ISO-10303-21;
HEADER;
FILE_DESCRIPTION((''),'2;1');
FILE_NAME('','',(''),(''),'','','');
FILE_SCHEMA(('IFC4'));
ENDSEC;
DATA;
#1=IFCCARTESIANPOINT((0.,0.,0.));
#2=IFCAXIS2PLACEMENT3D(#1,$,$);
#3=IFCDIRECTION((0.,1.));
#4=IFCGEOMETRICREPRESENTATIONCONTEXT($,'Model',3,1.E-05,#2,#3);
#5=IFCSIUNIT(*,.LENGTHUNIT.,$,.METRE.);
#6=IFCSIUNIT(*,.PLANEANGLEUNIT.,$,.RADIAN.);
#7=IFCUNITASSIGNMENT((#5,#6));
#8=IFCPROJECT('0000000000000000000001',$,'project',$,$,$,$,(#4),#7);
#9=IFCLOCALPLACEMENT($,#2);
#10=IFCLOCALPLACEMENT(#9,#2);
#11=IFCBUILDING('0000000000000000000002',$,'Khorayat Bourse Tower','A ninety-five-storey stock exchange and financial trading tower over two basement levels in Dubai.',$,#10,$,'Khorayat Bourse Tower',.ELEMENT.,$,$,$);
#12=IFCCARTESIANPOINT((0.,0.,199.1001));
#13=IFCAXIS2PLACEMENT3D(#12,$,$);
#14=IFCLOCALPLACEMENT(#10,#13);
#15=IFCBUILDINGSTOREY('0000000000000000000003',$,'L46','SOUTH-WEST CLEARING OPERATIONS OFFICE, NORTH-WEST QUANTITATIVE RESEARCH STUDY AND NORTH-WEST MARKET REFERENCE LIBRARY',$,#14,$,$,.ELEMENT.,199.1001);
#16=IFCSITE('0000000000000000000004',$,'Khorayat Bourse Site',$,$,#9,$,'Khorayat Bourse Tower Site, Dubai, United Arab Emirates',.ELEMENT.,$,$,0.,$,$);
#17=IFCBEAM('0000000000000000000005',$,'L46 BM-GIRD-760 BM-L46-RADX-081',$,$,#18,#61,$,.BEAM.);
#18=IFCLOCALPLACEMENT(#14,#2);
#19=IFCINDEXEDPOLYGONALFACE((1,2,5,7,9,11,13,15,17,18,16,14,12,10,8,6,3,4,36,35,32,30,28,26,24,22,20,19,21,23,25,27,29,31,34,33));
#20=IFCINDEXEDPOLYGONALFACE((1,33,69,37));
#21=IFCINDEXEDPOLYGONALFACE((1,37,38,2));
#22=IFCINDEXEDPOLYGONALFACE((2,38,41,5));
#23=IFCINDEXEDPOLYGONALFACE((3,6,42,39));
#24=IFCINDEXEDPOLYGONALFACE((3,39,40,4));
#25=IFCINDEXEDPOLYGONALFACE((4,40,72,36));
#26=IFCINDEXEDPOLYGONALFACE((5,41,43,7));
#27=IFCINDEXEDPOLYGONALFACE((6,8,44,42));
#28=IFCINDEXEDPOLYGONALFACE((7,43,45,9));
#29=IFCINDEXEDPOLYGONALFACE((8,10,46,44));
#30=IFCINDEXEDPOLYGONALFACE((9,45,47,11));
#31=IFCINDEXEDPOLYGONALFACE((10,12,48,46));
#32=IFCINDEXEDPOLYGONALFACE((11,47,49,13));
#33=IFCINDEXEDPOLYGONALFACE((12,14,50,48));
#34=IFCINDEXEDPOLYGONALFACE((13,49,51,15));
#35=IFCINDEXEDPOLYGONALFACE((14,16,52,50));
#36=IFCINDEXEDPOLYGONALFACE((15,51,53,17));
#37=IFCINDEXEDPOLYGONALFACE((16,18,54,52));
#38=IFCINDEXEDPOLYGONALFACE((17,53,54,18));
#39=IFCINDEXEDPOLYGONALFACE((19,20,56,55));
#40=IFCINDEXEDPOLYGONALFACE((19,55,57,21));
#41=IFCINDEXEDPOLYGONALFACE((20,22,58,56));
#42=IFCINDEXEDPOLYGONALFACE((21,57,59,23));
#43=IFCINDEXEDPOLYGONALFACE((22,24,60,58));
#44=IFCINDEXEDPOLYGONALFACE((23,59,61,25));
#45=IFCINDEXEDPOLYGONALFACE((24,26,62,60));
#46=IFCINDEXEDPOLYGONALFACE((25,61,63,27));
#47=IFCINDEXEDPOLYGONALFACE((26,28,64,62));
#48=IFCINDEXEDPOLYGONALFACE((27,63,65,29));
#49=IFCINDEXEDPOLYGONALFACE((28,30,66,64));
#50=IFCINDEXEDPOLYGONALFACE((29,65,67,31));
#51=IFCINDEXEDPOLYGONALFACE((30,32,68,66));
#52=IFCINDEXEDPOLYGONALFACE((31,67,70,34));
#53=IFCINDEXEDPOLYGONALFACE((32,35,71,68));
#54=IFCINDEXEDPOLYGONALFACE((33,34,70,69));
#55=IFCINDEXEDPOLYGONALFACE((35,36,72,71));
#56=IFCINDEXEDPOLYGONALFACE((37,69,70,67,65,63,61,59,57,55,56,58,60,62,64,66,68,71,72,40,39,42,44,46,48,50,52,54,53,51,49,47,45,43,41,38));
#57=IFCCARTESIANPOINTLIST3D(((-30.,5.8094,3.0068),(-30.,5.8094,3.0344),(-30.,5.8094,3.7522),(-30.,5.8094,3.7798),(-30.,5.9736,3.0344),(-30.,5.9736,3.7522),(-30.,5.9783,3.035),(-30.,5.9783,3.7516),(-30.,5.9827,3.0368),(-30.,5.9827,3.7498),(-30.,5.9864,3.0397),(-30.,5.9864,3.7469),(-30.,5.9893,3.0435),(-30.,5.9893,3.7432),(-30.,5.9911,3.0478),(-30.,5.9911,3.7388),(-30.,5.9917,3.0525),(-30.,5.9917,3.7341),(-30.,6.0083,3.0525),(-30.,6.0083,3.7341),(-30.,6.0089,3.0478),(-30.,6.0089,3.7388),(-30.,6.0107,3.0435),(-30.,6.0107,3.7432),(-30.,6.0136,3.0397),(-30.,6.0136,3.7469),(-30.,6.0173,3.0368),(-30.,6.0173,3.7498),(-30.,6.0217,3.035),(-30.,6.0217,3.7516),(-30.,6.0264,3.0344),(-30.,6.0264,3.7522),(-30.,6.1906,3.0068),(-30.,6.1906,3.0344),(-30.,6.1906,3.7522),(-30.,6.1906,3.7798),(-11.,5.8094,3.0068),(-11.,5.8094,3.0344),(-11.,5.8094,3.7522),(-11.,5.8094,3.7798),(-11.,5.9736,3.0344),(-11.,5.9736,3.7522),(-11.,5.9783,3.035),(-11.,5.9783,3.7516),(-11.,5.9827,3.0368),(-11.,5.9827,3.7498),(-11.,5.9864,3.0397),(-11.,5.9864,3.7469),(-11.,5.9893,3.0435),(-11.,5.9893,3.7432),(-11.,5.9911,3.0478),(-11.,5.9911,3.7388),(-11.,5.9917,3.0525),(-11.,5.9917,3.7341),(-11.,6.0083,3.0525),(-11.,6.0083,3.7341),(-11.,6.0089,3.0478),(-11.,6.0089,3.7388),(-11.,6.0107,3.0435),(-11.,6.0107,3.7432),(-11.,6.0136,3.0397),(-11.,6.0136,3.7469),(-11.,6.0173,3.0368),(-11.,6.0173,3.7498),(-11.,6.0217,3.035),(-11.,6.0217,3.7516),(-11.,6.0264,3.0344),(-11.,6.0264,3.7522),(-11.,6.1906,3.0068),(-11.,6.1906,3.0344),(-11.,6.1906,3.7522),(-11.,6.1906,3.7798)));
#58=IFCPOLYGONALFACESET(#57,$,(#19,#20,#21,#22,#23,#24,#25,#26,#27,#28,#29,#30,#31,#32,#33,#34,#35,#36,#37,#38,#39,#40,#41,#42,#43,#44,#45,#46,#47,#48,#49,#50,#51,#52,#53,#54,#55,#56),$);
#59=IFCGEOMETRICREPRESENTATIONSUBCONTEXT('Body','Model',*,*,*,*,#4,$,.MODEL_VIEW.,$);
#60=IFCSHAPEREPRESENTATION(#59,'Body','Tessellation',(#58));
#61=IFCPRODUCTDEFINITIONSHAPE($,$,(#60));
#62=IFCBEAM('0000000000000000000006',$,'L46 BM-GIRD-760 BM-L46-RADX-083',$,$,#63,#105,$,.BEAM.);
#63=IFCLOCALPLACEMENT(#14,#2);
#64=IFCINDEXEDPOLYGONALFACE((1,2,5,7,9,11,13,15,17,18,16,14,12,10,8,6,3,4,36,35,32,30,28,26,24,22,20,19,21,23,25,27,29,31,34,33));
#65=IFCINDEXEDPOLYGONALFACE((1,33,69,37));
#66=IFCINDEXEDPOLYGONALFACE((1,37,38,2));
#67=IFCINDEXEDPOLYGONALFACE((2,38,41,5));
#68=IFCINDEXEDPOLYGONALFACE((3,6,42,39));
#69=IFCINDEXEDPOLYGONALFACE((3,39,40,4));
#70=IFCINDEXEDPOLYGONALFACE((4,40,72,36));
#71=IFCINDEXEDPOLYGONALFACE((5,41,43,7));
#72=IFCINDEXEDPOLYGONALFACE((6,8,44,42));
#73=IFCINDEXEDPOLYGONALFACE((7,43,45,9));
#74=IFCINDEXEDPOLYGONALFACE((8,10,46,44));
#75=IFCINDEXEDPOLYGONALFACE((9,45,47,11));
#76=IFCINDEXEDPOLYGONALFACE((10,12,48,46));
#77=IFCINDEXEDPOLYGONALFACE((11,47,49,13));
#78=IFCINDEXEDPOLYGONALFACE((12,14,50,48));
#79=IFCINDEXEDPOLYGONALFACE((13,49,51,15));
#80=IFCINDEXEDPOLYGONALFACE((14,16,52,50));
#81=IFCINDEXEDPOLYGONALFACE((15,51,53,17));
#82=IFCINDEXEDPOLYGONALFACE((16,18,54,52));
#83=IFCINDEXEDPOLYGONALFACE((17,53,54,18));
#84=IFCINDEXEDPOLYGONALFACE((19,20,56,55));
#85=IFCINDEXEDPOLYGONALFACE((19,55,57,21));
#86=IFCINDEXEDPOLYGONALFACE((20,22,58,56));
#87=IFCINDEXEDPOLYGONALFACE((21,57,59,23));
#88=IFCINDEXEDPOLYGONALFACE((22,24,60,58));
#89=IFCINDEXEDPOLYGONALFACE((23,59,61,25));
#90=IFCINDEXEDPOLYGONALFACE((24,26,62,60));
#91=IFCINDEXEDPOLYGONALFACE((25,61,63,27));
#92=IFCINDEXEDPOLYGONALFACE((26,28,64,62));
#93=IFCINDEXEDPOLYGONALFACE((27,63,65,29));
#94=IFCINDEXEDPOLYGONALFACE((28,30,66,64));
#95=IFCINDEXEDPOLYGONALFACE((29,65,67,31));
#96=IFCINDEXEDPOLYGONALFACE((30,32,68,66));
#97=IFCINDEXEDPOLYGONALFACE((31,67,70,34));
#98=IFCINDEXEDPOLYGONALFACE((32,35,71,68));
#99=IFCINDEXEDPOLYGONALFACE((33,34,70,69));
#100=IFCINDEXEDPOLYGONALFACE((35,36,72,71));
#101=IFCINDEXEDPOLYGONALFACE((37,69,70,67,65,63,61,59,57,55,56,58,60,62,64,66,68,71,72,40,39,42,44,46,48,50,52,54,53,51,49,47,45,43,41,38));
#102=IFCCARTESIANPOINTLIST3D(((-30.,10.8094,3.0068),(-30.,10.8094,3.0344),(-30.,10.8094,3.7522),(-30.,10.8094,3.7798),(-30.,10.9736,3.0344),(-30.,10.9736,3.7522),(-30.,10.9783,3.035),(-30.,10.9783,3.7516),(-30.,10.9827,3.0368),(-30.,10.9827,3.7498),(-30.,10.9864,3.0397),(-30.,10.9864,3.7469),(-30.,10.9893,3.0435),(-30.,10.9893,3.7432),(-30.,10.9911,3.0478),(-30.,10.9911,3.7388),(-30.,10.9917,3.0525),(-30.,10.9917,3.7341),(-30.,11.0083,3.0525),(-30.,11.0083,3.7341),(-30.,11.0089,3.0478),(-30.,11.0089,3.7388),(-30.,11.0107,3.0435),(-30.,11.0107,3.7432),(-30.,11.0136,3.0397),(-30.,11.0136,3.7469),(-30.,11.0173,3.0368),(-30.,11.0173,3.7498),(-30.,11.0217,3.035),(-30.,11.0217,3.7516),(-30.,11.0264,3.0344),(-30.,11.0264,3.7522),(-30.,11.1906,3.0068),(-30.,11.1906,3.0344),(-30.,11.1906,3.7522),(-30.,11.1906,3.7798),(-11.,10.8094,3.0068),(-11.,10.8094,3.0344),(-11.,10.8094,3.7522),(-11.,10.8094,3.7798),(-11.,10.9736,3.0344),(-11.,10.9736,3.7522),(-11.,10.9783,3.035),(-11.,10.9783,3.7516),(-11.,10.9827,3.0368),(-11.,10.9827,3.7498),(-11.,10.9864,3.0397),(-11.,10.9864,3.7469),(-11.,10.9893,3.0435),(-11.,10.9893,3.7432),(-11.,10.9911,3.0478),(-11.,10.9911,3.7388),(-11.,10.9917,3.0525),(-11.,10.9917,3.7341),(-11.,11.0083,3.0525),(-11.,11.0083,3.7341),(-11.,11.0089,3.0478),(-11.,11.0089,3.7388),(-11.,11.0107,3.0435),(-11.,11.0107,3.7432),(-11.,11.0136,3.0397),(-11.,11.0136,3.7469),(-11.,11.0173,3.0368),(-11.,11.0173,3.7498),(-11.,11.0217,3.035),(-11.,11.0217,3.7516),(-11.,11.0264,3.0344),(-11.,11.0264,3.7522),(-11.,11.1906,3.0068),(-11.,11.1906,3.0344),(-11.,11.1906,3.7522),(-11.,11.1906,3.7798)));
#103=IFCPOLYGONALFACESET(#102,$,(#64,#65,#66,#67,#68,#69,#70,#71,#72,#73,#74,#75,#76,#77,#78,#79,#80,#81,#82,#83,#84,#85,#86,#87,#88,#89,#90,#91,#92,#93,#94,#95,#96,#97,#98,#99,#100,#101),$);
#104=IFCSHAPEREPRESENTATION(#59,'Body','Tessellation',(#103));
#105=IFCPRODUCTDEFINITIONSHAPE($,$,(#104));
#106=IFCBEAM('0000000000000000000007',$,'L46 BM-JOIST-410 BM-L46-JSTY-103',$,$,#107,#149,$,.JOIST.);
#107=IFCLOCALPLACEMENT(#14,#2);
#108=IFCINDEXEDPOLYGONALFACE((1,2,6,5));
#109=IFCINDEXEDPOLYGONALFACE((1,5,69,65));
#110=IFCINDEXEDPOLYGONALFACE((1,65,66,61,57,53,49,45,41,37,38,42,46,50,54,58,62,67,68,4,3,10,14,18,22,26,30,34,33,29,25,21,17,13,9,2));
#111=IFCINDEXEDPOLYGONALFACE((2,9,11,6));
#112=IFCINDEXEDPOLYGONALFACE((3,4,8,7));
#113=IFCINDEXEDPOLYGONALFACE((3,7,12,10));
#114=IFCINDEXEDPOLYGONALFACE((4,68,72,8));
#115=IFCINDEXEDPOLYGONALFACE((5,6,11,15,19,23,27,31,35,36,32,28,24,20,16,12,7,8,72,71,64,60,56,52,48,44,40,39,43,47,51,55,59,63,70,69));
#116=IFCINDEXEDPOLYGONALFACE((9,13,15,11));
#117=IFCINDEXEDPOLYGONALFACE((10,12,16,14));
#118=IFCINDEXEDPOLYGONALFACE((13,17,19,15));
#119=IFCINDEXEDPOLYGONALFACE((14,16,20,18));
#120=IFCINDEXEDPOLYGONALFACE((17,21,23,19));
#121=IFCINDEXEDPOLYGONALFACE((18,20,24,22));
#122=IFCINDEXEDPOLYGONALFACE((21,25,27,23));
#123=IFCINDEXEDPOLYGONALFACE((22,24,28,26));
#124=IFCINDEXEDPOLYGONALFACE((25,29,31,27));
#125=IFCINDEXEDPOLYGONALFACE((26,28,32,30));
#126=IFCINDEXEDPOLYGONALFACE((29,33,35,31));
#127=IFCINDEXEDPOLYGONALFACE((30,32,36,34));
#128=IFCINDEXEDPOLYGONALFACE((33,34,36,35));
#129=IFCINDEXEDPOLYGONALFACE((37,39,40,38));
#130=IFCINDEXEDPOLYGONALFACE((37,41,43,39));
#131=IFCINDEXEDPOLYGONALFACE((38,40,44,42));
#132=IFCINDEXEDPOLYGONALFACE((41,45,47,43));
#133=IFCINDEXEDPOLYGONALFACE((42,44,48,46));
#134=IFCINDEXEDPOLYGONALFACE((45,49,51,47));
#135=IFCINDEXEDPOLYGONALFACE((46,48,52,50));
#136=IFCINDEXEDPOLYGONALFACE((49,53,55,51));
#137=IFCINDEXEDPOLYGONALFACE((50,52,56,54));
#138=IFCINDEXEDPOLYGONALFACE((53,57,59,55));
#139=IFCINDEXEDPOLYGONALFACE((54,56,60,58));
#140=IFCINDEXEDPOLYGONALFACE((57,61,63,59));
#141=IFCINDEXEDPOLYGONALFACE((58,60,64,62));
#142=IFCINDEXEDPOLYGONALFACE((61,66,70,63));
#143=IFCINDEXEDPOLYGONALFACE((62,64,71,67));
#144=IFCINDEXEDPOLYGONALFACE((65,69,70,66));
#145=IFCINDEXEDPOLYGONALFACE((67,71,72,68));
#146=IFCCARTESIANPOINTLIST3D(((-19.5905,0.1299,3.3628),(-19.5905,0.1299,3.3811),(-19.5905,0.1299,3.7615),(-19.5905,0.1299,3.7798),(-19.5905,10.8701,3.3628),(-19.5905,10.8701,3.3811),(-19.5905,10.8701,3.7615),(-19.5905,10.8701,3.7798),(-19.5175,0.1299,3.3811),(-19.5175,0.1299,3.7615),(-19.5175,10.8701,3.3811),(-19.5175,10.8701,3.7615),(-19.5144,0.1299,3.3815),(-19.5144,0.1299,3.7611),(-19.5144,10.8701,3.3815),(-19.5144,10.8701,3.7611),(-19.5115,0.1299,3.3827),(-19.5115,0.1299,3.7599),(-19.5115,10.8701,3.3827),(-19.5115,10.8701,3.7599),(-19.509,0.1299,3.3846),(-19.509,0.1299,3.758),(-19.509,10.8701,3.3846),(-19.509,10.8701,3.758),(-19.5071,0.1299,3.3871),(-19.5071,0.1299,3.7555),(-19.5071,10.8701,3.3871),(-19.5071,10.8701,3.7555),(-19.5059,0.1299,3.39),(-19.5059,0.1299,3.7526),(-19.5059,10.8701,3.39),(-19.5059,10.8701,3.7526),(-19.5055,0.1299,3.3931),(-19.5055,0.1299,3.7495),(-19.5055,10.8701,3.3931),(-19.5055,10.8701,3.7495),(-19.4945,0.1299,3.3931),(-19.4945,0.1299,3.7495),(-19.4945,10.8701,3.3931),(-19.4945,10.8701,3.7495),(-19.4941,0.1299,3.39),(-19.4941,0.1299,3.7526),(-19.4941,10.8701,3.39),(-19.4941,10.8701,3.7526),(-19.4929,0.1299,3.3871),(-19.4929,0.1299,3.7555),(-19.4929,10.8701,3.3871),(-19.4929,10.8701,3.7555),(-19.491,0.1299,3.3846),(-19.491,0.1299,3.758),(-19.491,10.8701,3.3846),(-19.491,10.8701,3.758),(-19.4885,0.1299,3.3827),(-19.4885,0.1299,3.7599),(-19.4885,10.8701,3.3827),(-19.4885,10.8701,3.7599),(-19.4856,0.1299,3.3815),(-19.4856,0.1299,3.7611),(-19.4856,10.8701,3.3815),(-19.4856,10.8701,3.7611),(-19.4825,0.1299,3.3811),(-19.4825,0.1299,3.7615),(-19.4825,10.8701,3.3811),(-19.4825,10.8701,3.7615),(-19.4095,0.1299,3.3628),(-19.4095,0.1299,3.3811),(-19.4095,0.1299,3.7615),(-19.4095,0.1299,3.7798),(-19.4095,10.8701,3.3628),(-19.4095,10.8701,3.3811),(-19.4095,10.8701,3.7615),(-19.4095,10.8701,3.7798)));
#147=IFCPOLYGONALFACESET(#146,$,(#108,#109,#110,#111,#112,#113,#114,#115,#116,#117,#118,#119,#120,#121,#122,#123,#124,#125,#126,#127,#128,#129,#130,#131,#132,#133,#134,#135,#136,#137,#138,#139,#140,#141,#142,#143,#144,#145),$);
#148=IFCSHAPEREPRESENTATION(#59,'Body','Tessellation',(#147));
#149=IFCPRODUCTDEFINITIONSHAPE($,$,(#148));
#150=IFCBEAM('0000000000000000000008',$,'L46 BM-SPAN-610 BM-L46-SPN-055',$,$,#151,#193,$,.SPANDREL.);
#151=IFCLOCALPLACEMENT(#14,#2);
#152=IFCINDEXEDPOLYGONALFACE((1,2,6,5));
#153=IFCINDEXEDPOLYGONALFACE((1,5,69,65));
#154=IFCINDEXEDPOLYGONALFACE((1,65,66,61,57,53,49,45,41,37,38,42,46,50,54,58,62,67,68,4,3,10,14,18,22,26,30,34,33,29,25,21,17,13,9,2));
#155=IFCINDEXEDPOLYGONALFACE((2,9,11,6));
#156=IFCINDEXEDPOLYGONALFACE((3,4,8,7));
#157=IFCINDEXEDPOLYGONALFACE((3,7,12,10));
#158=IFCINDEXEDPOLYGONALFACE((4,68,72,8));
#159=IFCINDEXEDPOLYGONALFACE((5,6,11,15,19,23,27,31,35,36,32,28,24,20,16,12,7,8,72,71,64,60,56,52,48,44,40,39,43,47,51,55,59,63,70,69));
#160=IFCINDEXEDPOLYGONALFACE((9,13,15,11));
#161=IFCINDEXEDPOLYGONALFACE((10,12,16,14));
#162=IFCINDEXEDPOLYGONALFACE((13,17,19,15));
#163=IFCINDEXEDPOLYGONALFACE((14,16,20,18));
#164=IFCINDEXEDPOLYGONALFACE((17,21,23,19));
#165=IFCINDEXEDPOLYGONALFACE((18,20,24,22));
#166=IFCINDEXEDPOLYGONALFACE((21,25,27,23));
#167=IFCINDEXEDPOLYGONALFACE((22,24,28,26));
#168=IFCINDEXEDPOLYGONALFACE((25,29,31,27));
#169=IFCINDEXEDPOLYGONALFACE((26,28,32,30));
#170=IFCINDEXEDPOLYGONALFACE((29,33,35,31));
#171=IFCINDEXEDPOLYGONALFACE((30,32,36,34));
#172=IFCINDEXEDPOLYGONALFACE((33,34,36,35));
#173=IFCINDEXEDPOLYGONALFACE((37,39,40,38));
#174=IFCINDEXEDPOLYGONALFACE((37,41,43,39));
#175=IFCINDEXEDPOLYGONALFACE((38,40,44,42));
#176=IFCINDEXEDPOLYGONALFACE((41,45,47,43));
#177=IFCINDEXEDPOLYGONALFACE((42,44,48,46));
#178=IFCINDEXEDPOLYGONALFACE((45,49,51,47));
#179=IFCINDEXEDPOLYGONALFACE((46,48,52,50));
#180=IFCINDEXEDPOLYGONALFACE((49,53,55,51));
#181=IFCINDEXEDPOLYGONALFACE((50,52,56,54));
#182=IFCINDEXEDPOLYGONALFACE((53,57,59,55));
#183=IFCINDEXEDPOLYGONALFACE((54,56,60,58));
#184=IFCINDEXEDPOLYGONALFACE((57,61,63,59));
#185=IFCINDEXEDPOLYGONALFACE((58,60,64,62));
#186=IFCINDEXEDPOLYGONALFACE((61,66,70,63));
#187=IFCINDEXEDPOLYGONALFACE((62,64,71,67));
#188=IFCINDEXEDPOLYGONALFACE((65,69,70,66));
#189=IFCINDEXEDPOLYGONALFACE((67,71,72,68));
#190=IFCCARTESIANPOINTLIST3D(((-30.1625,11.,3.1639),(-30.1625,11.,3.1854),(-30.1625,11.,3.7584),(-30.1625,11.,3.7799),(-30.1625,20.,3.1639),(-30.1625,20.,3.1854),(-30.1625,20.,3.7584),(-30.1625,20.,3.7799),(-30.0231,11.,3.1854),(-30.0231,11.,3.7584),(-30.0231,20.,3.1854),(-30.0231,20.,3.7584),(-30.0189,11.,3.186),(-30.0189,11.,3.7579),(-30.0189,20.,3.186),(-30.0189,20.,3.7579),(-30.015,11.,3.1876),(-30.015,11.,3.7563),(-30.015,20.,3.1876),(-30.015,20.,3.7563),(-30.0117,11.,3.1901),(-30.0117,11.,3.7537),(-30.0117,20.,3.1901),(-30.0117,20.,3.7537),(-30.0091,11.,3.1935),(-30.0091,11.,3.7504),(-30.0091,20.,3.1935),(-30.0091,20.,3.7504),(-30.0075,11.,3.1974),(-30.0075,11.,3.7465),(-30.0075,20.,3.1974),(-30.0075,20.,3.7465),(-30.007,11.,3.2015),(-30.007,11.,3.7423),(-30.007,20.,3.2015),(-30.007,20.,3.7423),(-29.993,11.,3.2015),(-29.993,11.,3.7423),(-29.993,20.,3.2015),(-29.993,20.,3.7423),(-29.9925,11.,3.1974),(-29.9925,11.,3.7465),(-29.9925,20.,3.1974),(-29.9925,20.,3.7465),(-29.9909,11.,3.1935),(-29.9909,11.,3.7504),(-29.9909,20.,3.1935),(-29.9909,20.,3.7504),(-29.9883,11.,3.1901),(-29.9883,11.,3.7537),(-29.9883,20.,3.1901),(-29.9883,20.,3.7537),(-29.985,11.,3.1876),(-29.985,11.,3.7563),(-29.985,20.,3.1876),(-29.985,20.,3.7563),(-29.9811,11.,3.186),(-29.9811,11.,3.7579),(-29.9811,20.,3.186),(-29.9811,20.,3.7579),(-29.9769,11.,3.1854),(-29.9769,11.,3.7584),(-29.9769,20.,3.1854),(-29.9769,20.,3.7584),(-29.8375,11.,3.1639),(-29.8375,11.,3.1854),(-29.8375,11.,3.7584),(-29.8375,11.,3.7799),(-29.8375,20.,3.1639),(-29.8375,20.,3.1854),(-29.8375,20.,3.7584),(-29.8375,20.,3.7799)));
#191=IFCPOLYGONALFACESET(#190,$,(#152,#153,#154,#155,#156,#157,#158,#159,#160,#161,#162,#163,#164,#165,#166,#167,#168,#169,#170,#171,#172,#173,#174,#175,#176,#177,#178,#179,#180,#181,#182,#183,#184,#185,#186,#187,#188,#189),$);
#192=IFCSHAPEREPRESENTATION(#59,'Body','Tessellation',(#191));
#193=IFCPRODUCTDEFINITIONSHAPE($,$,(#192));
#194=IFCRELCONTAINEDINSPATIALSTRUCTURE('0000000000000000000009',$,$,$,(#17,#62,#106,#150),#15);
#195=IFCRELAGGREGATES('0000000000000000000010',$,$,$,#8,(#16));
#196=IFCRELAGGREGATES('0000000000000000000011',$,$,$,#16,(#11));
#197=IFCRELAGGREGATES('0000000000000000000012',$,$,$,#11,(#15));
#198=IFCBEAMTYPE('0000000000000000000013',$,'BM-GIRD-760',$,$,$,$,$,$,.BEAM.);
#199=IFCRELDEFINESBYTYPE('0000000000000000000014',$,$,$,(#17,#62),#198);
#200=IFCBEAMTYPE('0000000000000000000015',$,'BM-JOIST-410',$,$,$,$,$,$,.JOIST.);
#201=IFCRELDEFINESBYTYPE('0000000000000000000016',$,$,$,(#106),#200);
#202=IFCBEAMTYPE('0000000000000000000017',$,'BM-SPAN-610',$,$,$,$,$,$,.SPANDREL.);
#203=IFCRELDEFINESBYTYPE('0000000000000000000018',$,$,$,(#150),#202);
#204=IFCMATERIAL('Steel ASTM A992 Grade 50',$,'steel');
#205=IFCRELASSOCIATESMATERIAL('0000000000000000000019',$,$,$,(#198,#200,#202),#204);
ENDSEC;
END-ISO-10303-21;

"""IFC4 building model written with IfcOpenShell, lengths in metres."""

from ifc_helpers import new_model, si_unit, direction, frame, origin, origin_2d, place, context, subcontext, project, spatial, i_section, extrude, source, transform, mapped, material, material_profile, profile_set, type_object, element, save


model = new_model("IFC4")

# Units and contexts
model_context = context("Model", 3, precision=1e-05, world=origin(), true_north=direction((0.0, 1.0)))
body_context = subcontext(model_context, "Body", "Model", "MODEL_VIEW")
ifc_project = project(units=[si_unit("LENGTHUNIT", "METRE"), si_unit("PLANEANGLEUNIT", "RADIAN")], contexts=[model_context])

# Site, building, storey
site_placement = place(None, origin())
site = spatial("IfcSite", under=ifc_project, at=site_placement, Name="Khorayat Bourse Site", LongName="Khorayat Bourse Tower Site, Dubai, United Arab Emirates", CompositionType="ELEMENT", RefElevation=0.0)
building_placement = place(site_placement, origin())
building = spatial("IfcBuilding", under=site, at=building_placement, Name="Khorayat Bourse Tower", Description="A ninety-five-storey stock exchange and financial trading tower over two basement levels in Dubai.", LongName="Khorayat Bourse Tower", CompositionType="ELEMENT")
storey_placement = place(building_placement, frame((0.0, 0.0, 199.1001)))
storey = spatial("IfcBuildingStorey", under=building, at=storey_placement, Name="L46", Description="SOUTH-WEST CLEARING OPERATIONS OFFICE, NORTH-WEST QUANTITATIVE RESEARCH STUDY AND NORTH-WEST MARKET REFERENCE LIBRARY", CompositionType="ELEMENT", Elevation=199.1001)

# Beams
ifc_material_1 = material(Name="Steel ASTM A992 Grade 50", Category="steel")
ifc_material_profile_1 = material_profile(ifc_material_1, i_section(OverallWidth=0.3811, OverallDepth=0.7729, WebThickness=0.0166, FlangeThickness=0.0276, FilletRadius=0.0181, at=origin_2d()), Name="W760X257")
ifc_profile_set_1 = profile_set([ifc_material_profile_1], Name="Steel ASTM A992 Grade 50")
beam_type_1 = type_object("IfcBeamType", Name="BM-GIRD-760", PredefinedType="BEAM", material=ifc_profile_set_1)
shared_shape_1 = source(origin(), body_context, "Body", "SweptSolid", [
    extrude(i_section(OverallWidth=0.3811, OverallDepth=0.7729, WebThickness=0.0166, FlangeThickness=0.0276, FilletRadius=0.0181, at=origin_2d()), origin(), (0.0, 0.0, 1.0), 19.0),
])
for number, where, z_axis, x_axis, name in (
    (1, (-30.0, 6.0, 3.3933), (1.0, 0.0, 0.0), (0.0, 1.0, 0.0), "L46 BM-GIRD-760 BM-L46-RADX-081"),
    (2, (-30.0, 11.0, 3.3933), (1.0, 0.0, 0.0), (0.0, 1.0, 0.0), "L46 BM-GIRD-760 BM-L46-RADX-083"),
):
    element("IfcBeam", number, at=place(storey_placement, frame(where, z_axis=z_axis, x_axis=x_axis)), inside=storey, type_object=beam_type_1, Name=name, PredefinedType="BEAM", context=body_context, shape_type="MappedRepresentation", body=[
        mapped(shared_shape_1, transform((0.0, 0.0, 0.0), scale=1.0)),
    ])
ifc_material_profile_2 = material_profile(ifc_material_1, i_section(OverallWidth=0.1809, OverallDepth=0.417, WebThickness=0.011, FlangeThickness=0.0183, FilletRadius=0.012, at=origin_2d()), Name="W410X85")
ifc_profile_set_2 = profile_set([ifc_material_profile_2], Name="Steel ASTM A992 Grade 50")
beam_type_2 = type_object("IfcBeamType", Name="BM-JOIST-410", PredefinedType="JOIST", material=ifc_profile_set_2)
shared_shape_2 = source(origin(), body_context, "Body", "SweptSolid", [
    extrude(i_section(OverallWidth=0.1809, OverallDepth=0.417, WebThickness=0.011, FlangeThickness=0.0183, FilletRadius=0.012, at=origin_2d()), origin(), (0.0, 0.0, 1.0), 10.7402),
])
beam_1_placement = place(storey_placement, frame((-19.5, 0.1299, 3.5713), z_axis=(0.0, 1.0, 0.0), x_axis=(-1.0, 0.0, 0.0)))
element("IfcBeam", 3, at=beam_1_placement, inside=storey, type_object=beam_type_2, Name="L46 BM-JOIST-410 BM-L46-JSTY-103", PredefinedType="JOIST", context=body_context, shape_type="MappedRepresentation", body=[
    mapped(shared_shape_2, transform((0.0, 0.0, 0.0), scale=1.0)),
])
ifc_material_profile_3 = material_profile(ifc_material_1, i_section(OverallWidth=0.325, OverallDepth=0.616, WebThickness=0.0139, FlangeThickness=0.0215, FilletRadius=0.0161, at=origin_2d()), Name="W610X174")
ifc_profile_set_3 = profile_set([ifc_material_profile_3], Name="Steel ASTM A992 Grade 50")
beam_type_3 = type_object("IfcBeamType", Name="BM-SPAN-610", PredefinedType="SPANDREL", material=ifc_profile_set_3)
shared_shape_3 = source(origin(), body_context, "Body", "SweptSolid", [
    extrude(i_section(OverallWidth=0.325, OverallDepth=0.616, WebThickness=0.0139, FlangeThickness=0.0215, FilletRadius=0.0161, at=origin_2d()), origin(), (0.0, 0.0, 1.0), 9.0),
])
beam_2_placement = place(storey_placement, frame((-30.0, 11.0, 3.4719), z_axis=(0.0, 1.0, 0.0), x_axis=(-1.0, 0.0, 0.0)))
element("IfcBeam", 4, at=beam_2_placement, inside=storey, type_object=beam_type_3, Name="L46 BM-SPAN-610 BM-L46-SPN-055", PredefinedType="SPANDREL", context=body_context, shape_type="MappedRepresentation", body=[
    mapped(shared_shape_3, transform((0.0, 0.0, 0.0), scale=1.0)),
])

save(model, "model.ifc")
